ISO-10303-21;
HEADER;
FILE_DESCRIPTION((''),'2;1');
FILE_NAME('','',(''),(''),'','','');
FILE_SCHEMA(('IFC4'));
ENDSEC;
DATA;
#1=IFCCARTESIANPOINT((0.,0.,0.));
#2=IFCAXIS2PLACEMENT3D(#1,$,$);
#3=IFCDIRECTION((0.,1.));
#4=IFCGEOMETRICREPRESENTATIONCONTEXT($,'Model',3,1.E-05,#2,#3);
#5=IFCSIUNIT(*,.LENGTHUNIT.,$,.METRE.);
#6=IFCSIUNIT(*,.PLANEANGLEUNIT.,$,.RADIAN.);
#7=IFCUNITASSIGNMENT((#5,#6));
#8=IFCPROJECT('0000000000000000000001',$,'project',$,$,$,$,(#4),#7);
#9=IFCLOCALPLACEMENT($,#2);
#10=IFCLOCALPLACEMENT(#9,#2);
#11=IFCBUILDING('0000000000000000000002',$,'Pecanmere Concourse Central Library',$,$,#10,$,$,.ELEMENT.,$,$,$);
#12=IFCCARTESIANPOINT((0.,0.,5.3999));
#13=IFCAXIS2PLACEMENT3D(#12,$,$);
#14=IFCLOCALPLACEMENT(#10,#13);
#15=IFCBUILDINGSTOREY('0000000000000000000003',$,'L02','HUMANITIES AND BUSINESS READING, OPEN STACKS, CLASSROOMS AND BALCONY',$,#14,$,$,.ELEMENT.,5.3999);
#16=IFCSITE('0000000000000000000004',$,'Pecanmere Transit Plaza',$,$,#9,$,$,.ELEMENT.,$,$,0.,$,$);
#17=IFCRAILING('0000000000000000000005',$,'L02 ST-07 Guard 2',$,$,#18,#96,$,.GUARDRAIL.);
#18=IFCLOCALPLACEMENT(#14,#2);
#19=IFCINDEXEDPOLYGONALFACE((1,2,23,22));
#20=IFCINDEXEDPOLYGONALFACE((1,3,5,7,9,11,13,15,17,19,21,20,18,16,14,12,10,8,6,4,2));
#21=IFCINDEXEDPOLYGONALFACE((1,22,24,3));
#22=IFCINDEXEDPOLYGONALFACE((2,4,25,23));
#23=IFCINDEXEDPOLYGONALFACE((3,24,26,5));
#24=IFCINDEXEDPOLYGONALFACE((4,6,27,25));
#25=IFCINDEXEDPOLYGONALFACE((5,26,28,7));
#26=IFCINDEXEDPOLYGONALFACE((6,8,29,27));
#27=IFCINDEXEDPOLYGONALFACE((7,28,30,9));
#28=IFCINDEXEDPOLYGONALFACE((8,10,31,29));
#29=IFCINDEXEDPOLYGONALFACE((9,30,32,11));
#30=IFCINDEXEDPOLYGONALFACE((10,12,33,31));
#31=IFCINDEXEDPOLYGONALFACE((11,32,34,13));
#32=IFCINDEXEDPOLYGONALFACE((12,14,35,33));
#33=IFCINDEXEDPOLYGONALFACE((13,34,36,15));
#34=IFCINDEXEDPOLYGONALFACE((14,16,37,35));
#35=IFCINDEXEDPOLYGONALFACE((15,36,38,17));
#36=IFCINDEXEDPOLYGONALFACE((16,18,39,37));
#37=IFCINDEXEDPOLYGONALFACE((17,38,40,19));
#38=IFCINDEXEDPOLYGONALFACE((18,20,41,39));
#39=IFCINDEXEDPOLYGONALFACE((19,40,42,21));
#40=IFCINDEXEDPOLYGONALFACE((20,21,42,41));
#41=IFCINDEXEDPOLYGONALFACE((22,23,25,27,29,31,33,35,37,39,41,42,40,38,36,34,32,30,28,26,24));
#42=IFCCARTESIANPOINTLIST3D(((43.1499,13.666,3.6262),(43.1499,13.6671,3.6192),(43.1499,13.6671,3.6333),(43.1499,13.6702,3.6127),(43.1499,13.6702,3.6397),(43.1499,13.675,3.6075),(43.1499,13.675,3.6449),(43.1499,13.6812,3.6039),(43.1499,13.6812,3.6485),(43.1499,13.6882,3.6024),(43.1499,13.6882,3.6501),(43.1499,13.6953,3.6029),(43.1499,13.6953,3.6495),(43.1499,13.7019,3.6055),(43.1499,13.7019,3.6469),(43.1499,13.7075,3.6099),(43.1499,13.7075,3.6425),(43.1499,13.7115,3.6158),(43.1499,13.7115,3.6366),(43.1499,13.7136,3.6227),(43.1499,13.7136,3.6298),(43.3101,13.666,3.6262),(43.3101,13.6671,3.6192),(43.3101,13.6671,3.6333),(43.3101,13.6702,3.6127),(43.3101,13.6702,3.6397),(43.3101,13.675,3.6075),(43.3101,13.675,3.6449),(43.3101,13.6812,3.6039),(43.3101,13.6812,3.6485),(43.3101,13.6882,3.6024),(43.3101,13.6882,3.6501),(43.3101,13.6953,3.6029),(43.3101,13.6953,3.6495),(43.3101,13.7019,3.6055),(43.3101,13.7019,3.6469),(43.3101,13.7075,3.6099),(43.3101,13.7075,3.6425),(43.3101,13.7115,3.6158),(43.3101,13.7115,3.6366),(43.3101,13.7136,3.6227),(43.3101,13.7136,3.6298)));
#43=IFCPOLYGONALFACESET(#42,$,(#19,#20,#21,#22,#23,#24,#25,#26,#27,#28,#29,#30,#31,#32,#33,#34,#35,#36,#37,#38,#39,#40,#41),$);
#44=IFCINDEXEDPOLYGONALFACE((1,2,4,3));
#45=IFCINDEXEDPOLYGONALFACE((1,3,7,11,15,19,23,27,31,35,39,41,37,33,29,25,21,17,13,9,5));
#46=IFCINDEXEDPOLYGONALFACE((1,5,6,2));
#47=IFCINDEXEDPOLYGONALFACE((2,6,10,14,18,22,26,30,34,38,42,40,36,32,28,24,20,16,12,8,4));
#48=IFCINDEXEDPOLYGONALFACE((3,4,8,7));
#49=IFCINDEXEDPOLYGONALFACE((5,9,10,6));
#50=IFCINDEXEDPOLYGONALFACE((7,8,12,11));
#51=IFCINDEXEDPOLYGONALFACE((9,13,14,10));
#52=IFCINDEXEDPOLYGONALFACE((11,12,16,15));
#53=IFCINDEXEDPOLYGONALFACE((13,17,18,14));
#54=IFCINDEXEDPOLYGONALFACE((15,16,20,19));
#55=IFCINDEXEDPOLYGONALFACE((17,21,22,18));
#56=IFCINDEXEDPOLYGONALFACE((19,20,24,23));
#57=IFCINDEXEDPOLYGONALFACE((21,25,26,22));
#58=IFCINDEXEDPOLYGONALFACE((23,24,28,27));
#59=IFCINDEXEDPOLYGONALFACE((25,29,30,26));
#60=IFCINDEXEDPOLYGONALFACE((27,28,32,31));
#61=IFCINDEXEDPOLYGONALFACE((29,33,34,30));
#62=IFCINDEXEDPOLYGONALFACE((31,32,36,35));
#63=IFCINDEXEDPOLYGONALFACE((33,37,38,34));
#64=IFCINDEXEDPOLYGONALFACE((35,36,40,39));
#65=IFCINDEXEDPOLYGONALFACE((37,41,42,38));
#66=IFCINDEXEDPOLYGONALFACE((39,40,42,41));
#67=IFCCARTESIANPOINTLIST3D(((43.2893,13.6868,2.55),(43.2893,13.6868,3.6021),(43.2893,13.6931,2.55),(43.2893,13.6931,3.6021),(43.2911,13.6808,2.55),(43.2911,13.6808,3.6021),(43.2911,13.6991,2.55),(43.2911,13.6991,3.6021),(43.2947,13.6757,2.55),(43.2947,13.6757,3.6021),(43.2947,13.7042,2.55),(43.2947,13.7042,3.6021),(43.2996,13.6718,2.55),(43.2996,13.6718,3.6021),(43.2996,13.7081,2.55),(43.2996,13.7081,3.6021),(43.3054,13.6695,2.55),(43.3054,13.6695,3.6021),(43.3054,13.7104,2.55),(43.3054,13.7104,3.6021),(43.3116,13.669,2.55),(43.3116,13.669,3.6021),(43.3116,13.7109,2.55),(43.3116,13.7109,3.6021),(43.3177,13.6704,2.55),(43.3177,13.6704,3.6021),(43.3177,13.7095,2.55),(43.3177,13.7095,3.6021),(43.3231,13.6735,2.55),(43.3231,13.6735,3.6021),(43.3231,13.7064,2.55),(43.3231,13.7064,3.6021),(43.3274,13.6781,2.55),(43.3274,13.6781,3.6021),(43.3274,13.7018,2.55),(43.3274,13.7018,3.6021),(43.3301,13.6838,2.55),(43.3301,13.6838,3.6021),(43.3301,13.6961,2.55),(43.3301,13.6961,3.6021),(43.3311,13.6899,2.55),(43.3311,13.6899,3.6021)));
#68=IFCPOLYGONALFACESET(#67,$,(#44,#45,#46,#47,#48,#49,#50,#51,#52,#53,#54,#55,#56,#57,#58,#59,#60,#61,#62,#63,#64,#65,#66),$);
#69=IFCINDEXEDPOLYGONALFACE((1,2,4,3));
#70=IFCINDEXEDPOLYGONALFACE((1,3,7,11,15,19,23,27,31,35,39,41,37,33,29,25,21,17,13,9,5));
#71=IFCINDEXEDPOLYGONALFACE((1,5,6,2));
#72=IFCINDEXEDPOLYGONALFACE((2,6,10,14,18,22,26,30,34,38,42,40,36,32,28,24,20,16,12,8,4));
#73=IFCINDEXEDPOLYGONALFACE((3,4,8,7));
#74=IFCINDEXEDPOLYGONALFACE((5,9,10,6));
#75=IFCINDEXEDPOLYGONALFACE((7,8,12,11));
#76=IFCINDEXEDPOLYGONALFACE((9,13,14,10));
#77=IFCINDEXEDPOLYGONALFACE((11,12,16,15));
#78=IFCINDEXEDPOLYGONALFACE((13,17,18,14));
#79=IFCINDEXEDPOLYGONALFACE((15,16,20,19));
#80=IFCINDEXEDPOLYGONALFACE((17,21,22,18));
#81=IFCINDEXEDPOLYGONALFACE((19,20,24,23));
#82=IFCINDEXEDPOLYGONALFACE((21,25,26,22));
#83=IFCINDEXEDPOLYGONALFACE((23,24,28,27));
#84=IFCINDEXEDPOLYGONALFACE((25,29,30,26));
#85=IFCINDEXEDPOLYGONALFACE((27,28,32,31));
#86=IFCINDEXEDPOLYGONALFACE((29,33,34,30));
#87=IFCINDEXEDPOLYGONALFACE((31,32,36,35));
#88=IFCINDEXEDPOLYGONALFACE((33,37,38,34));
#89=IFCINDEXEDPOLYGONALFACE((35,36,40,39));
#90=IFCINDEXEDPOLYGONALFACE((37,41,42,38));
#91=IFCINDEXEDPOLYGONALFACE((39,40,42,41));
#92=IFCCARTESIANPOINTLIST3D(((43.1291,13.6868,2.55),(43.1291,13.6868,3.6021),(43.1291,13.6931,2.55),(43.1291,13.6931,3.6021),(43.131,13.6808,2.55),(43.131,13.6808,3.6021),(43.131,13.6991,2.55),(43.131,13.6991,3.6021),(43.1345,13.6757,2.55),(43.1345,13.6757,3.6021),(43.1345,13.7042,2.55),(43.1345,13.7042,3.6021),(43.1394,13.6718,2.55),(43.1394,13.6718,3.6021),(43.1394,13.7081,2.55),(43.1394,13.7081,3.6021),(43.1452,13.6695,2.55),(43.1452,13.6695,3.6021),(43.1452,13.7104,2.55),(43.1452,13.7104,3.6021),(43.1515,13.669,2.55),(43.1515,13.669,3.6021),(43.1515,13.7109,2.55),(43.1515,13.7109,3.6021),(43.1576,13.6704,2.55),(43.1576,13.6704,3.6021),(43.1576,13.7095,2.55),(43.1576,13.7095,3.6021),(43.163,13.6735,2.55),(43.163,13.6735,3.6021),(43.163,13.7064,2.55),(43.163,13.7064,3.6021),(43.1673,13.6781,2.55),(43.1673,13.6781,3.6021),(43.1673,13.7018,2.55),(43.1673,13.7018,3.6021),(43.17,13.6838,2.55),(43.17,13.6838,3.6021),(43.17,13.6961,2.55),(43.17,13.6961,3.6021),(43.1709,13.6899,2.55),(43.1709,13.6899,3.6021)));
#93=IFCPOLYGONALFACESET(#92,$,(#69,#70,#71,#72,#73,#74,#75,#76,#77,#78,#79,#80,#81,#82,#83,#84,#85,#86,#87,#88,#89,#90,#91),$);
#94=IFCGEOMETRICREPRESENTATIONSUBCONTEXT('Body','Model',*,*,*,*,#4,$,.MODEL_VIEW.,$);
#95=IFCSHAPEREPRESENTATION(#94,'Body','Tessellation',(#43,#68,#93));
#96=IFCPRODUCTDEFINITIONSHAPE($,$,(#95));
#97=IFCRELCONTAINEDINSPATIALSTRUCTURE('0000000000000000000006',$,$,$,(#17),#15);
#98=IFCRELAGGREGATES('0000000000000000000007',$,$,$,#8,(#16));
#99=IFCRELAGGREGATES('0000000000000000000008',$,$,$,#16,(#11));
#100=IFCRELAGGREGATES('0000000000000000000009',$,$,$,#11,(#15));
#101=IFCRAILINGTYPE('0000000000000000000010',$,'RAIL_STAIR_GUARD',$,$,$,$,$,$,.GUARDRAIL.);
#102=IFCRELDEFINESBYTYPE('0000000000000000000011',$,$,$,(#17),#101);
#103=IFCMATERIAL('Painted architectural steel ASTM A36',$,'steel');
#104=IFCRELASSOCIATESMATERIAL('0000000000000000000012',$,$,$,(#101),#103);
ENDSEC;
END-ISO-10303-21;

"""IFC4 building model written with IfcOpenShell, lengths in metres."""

from ifc_helpers import new_model, si_unit, direction, frame, origin, origin_2d, place, context, subcontext, project, spatial, circle, extrude, material, type_object, element, save


model = new_model("IFC4")

# Units and contexts
model_context = context("Model", 3, precision=1e-05, world=origin(), true_north=direction((0.0, 1.0)))
body_context = subcontext(model_context, "Body", "Model", "MODEL_VIEW")
ifc_project = project(units=[si_unit("LENGTHUNIT", "METRE"), si_unit("PLANEANGLEUNIT", "RADIAN")], contexts=[model_context])

# Site, building, storey
site_placement = place(None, origin())
site = spatial("IfcSite", under=ifc_project, at=site_placement, Name="Pecanmere Transit Plaza", CompositionType="ELEMENT", RefElevation=0.0)
building_placement = place(site_placement, origin())
building = spatial("IfcBuilding", under=site, at=building_placement, Name="Pecanmere Concourse Central Library", CompositionType="ELEMENT")
storey_placement = place(building_placement, frame((0.0, 0.0, 5.3999)))
storey = spatial("IfcBuildingStorey", under=building, at=storey_placement, Name="L02", Description="HUMANITIES AND BUSINESS READING, OPEN STACKS, CLASSROOMS AND BALCONY", CompositionType="ELEMENT", Elevation=5.3999)

# Railing
ifc_material_1 = material(Name="Painted architectural steel ASTM A36", Category="steel")
railing_type_1 = type_object("IfcRailingType", Name="RAIL_STAIR_GUARD", PredefinedType="GUARDRAIL", material=ifc_material_1)
railing_1_placement = place(storey_placement, frame((43.3101, 13.6899, 2.55)))
element("IfcRailing", 1, at=railing_1_placement, inside=storey, type_object=railing_type_1, Name="L02 ST-07 Guard 2", PredefinedType="GUARDRAIL", context=body_context, shape_type="SweptSolid", body=[
    extrude(circle(Radius=0.0239, at=origin_2d()), frame((0.0, 0.0, 1.0762), z_axis=(-1.0, 0.0, 0.0), x_axis=(0.0, -1.0, 0.0)), (0.0, 0.0, 1.0), 0.1602),
    extrude(circle(Radius=0.021, at=origin_2d()), origin(), (0.0, 0.0, 1.0), 1.052),
    extrude(circle(Radius=0.021, at=origin_2d()), frame((-0.1602, 0.0, 0.0)), (0.0, 0.0, 1.0), 1.052),
])

save(model, "model.ifc")
